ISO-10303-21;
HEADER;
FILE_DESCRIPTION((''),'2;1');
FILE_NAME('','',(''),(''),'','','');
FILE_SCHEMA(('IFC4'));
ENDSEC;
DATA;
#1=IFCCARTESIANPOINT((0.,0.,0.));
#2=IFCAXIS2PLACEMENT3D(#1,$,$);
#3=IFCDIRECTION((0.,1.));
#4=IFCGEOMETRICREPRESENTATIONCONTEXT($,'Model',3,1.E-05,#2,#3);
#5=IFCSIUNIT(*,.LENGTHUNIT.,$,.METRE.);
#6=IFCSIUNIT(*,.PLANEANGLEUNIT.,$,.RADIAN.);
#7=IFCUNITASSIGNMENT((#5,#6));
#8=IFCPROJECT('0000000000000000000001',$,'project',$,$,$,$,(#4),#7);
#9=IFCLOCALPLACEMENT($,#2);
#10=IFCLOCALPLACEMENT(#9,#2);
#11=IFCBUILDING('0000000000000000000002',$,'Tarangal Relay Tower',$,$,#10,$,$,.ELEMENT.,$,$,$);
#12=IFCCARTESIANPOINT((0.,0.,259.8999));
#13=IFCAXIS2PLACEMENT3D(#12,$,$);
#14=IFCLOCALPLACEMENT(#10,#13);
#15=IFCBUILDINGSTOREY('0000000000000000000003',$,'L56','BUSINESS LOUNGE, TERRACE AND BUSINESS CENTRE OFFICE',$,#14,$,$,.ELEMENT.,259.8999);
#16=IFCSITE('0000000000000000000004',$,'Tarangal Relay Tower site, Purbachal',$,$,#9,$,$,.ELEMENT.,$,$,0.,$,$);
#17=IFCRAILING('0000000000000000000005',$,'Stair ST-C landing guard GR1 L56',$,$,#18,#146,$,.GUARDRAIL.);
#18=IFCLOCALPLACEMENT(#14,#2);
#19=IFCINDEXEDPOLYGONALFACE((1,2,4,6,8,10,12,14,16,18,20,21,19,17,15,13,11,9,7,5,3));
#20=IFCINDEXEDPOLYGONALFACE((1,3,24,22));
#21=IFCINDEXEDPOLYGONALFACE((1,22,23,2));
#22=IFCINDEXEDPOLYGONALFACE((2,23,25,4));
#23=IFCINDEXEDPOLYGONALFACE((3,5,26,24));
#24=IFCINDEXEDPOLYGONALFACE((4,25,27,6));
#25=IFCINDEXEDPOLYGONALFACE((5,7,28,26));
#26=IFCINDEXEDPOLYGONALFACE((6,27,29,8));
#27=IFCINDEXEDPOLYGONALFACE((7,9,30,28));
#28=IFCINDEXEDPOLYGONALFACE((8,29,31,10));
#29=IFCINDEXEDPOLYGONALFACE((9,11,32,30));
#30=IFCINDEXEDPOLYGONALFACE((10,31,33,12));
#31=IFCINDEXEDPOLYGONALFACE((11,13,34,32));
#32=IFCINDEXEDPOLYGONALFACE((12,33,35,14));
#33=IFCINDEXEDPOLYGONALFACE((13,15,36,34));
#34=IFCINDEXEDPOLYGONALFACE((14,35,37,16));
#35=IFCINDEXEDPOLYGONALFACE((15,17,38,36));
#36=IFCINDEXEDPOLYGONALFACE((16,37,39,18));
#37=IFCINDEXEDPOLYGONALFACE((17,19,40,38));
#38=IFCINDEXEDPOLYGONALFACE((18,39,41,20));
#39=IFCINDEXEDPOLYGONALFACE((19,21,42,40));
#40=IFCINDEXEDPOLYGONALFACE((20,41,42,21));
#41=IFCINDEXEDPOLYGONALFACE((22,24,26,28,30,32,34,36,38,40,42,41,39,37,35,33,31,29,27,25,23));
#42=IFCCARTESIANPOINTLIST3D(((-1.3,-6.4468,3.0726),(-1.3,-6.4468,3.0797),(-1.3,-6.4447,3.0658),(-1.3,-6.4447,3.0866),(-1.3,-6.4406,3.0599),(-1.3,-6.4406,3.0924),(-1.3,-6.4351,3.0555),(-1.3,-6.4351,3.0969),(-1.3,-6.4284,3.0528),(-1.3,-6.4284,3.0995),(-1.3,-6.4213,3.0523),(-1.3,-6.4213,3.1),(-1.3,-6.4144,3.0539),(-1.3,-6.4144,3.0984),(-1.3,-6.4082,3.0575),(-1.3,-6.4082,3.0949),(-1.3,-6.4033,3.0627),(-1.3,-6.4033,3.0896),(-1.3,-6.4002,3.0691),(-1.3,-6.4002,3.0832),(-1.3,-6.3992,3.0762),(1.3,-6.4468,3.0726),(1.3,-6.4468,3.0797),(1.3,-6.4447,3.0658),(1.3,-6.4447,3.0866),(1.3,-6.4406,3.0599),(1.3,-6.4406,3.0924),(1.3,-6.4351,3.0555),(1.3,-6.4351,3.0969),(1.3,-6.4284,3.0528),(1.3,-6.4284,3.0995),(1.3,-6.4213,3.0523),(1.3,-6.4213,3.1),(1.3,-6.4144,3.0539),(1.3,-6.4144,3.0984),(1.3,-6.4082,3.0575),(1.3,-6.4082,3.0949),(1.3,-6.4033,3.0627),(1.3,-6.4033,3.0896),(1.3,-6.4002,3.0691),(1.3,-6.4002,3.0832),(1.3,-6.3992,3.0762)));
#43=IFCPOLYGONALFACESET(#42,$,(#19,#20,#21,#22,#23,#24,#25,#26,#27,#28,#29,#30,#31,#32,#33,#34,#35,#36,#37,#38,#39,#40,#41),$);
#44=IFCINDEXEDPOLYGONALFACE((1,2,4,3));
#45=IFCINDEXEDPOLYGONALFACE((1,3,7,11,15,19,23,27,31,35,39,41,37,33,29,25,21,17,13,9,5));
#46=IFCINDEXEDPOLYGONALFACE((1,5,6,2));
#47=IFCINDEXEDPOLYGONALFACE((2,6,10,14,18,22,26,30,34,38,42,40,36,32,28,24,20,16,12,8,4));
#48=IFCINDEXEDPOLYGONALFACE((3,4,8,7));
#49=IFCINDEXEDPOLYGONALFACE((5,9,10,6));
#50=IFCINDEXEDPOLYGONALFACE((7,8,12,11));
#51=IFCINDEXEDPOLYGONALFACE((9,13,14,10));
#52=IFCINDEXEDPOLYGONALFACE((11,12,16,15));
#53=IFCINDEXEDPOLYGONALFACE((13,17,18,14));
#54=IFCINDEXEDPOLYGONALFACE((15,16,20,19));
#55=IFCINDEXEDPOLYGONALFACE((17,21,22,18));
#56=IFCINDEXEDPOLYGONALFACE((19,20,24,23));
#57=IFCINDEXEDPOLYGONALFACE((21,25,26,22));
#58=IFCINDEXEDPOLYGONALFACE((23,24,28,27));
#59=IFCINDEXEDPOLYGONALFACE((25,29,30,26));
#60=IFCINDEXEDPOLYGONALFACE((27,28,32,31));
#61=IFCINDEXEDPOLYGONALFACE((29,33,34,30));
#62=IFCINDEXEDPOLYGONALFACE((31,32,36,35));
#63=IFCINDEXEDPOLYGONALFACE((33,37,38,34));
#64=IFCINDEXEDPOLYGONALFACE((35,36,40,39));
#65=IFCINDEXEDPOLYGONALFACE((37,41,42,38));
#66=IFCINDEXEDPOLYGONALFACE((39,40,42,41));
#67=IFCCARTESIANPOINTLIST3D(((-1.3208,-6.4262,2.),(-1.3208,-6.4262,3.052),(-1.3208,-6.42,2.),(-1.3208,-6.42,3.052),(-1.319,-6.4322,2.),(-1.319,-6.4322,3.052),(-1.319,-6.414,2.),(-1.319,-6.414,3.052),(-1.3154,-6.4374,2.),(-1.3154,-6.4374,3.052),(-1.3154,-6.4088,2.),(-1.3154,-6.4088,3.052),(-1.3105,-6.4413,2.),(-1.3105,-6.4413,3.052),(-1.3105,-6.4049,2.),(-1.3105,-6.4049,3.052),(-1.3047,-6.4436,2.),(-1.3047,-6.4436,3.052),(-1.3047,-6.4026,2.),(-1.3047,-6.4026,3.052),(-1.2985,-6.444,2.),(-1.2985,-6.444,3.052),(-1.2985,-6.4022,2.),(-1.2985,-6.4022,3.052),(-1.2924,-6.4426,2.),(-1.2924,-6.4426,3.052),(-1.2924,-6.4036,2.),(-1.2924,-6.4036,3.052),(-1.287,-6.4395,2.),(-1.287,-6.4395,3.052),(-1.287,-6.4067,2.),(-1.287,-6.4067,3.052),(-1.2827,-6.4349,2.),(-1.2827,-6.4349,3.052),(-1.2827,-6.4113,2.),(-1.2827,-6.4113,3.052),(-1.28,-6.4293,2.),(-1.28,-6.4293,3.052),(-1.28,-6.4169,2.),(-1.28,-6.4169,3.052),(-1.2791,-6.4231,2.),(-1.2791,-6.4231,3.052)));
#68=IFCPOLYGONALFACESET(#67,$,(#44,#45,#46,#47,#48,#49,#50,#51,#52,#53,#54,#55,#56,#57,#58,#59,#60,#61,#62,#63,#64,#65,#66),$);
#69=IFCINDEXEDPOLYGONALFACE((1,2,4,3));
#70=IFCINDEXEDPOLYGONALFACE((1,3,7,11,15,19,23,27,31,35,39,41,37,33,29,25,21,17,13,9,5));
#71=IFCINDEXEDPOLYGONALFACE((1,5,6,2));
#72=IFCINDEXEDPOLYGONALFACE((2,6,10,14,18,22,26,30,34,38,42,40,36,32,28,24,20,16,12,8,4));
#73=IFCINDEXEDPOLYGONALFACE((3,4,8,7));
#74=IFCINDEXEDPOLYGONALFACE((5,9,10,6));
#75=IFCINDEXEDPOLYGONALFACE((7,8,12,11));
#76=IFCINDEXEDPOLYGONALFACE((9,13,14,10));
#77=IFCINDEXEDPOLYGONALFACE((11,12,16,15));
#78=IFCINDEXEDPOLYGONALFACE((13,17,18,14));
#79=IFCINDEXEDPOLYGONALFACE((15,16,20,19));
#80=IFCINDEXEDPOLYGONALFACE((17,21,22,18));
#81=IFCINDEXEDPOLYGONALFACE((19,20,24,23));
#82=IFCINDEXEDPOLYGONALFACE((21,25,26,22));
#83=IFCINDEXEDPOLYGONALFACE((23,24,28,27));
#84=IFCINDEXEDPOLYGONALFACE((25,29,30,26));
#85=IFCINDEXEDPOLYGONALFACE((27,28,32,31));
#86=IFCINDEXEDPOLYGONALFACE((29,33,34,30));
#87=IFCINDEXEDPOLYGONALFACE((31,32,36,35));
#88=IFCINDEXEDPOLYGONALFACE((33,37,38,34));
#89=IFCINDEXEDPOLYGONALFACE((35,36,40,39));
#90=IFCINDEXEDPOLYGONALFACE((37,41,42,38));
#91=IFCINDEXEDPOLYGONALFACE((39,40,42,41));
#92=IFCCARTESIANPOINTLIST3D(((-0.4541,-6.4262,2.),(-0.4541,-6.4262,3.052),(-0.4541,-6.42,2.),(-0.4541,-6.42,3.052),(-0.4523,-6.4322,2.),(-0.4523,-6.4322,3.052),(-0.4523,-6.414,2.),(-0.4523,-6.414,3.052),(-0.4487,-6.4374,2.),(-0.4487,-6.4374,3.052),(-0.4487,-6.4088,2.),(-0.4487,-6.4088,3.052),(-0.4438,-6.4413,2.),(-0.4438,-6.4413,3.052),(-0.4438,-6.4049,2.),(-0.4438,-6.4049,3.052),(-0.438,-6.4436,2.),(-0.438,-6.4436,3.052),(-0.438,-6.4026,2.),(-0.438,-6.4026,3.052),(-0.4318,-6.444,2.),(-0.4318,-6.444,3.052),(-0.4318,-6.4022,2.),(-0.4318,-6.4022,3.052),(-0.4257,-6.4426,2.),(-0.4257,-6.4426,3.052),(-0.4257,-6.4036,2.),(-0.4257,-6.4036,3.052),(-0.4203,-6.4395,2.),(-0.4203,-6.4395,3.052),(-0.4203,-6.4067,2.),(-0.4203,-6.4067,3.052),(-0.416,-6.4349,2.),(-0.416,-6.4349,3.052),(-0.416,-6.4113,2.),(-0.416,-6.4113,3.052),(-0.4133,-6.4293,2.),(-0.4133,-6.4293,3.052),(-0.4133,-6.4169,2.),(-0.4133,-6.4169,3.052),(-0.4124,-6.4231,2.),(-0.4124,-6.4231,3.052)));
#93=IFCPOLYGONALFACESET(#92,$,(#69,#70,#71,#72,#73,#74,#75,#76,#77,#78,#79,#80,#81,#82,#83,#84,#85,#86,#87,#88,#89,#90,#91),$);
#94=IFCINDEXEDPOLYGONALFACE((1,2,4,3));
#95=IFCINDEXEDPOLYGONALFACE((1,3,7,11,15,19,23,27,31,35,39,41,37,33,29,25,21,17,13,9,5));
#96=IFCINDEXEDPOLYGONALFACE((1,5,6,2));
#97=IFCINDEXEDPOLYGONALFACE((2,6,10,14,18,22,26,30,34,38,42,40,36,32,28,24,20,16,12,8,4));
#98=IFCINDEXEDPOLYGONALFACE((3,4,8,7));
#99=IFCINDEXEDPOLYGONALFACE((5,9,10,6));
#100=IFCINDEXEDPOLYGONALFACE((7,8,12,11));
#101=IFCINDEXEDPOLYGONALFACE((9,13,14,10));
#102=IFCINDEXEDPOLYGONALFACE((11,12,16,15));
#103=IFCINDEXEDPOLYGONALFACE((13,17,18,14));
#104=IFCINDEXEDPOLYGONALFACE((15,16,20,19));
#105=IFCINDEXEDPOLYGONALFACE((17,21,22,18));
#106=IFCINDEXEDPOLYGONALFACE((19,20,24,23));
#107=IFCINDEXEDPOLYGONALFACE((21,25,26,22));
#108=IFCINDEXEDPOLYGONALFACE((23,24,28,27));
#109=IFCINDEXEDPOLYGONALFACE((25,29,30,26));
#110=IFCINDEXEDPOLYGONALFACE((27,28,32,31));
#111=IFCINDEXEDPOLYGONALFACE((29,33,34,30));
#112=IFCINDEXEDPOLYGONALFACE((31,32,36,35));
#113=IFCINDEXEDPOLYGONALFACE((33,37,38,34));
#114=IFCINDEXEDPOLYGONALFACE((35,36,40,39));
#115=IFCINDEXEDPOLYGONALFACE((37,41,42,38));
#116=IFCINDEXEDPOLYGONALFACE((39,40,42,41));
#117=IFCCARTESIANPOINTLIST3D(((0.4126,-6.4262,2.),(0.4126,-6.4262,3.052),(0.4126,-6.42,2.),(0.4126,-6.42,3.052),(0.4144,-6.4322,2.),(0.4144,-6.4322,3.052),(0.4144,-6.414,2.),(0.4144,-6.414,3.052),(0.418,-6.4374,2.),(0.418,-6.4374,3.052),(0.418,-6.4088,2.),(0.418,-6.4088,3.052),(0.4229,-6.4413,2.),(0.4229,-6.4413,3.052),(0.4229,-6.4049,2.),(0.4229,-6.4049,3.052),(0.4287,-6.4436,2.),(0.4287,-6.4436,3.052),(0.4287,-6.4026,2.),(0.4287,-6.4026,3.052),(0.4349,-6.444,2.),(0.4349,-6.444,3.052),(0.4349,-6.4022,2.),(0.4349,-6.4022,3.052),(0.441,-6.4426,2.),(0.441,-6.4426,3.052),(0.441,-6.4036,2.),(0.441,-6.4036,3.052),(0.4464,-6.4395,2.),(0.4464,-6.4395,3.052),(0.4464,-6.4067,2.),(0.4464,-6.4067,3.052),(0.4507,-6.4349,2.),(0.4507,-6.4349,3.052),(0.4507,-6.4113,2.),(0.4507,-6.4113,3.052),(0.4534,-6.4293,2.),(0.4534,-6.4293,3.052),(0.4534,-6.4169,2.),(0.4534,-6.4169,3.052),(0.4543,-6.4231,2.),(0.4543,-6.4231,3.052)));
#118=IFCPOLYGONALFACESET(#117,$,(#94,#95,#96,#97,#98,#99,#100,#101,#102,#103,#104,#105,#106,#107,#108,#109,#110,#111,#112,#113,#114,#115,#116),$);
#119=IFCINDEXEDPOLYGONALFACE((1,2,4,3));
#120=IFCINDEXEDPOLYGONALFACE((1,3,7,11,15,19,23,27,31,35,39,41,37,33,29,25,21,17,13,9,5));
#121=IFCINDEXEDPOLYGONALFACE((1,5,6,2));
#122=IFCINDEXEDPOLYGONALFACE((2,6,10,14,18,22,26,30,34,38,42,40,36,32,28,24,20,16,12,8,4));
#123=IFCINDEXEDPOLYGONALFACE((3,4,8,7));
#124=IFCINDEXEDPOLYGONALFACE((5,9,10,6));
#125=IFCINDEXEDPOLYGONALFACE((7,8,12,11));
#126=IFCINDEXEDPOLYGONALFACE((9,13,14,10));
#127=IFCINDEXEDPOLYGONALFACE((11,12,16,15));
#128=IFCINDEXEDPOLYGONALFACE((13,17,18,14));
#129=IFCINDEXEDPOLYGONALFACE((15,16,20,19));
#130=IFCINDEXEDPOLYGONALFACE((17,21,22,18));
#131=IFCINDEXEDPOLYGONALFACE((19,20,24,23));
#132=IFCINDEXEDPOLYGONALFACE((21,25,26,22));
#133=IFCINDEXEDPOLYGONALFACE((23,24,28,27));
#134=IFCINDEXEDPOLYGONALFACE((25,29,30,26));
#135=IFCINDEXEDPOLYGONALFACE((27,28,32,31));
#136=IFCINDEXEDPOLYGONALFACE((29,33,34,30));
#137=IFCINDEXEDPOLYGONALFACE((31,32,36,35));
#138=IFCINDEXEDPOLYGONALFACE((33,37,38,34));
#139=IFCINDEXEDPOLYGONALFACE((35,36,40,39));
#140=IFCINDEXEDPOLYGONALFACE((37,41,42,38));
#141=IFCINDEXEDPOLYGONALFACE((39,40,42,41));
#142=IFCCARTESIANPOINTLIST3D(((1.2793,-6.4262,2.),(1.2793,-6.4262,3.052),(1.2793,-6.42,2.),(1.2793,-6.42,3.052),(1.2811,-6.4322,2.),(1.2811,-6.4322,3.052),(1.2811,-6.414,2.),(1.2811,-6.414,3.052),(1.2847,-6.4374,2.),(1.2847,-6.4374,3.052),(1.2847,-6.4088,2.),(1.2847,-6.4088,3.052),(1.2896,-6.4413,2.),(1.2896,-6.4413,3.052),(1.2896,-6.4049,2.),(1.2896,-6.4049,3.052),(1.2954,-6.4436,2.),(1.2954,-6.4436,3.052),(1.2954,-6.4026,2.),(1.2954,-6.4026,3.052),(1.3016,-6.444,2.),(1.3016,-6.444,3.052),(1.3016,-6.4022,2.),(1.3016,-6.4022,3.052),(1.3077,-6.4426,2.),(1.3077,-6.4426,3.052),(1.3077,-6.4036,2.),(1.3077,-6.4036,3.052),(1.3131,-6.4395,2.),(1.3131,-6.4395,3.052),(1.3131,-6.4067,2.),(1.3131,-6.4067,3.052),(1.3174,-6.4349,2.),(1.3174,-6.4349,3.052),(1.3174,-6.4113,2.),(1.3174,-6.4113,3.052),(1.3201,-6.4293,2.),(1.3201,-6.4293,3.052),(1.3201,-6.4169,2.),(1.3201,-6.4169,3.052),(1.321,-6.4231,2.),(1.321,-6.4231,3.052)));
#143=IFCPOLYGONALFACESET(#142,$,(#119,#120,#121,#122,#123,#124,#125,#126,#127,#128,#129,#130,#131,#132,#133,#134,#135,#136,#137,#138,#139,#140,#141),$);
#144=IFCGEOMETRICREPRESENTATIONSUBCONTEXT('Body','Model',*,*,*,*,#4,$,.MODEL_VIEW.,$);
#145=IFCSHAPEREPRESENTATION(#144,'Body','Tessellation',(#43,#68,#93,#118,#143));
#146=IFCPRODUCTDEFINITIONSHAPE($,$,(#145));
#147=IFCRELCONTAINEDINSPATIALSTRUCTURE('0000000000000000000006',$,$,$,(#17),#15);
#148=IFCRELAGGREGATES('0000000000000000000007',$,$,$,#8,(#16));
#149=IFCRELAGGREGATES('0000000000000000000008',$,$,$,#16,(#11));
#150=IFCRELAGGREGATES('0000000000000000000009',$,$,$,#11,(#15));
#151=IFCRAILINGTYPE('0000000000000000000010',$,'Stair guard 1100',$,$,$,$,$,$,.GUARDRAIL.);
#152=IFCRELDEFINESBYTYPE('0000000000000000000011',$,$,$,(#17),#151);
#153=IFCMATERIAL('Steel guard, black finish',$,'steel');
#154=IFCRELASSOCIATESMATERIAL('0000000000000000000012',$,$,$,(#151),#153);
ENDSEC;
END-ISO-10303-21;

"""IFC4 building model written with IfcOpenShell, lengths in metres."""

from ifc_helpers import new_model, si_unit, direction, frame, origin, origin_2d, place, context, subcontext, project, spatial, circle, extrude, material, type_object, element, save


model = new_model("IFC4")

# Units and contexts
model_context = context("Model", 3, precision=1e-05, world=origin(), true_north=direction((0.0, 1.0)))
body_context = subcontext(model_context, "Body", "Model", "MODEL_VIEW")
ifc_project = project(units=[si_unit("LENGTHUNIT", "METRE"), si_unit("PLANEANGLEUNIT", "RADIAN")], contexts=[model_context])

# Site, building, storey
site_placement = place(None, origin())
site = spatial("IfcSite", under=ifc_project, at=site_placement, Name="Tarangal Relay Tower site, Purbachal", CompositionType="ELEMENT", RefElevation=0.0)
building_placement = place(site_placement, origin())
building = spatial("IfcBuilding", under=site, at=building_placement, Name="Tarangal Relay Tower", CompositionType="ELEMENT")
storey_placement = place(building_placement, frame((0.0, 0.0, 259.8999)))
storey = spatial("IfcBuildingStorey", under=building, at=storey_placement, Name="L56", Description="BUSINESS LOUNGE, TERRACE AND BUSINESS CENTRE OFFICE", CompositionType="ELEMENT", Elevation=259.8999)

# Railing
ifc_material_1 = material(Name="Steel guard, black finish", Category="steel")
railing_type = type_object("IfcRailingType", Name="Stair guard 1100", PredefinedType="GUARDRAIL", material=ifc_material_1)
railing_1_placement = place(storey_placement, frame((-1.3, -6.4231, 2.0)))
element("IfcRailing", 1, at=railing_1_placement, inside=storey, type_object=railing_type, Name="Stair ST-C landing guard GR1 L56", PredefinedType="GUARDRAIL", context=body_context, shape_type="SweptSolid", body=[
    extrude(circle(Radius=0.0239, at=origin_2d()), frame((0.0, 0.0, 1.0762), z_axis=(1.0, 0.0, 0.0), x_axis=(0.0, 1.0, 0.0)), (0.0, 0.0, 1.0), 2.6001),
    extrude(circle(Radius=0.021, at=origin_2d()), origin(), (0.0, 0.0, 1.0), 1.052),
    extrude(circle(Radius=0.021, at=origin_2d()), frame((0.8667, 0.0, 0.0)), (0.0, 0.0, 1.0), 1.052),
    extrude(circle(Radius=0.021, at=origin_2d()), frame((1.7334, 0.0, 0.0)), (0.0, 0.0, 1.0), 1.052),
    extrude(circle(Radius=0.021, at=origin_2d()), frame((2.6001, 0.0, 0.0)), (0.0, 0.0, 1.0), 1.052),
])

save(model, "model.ifc")
